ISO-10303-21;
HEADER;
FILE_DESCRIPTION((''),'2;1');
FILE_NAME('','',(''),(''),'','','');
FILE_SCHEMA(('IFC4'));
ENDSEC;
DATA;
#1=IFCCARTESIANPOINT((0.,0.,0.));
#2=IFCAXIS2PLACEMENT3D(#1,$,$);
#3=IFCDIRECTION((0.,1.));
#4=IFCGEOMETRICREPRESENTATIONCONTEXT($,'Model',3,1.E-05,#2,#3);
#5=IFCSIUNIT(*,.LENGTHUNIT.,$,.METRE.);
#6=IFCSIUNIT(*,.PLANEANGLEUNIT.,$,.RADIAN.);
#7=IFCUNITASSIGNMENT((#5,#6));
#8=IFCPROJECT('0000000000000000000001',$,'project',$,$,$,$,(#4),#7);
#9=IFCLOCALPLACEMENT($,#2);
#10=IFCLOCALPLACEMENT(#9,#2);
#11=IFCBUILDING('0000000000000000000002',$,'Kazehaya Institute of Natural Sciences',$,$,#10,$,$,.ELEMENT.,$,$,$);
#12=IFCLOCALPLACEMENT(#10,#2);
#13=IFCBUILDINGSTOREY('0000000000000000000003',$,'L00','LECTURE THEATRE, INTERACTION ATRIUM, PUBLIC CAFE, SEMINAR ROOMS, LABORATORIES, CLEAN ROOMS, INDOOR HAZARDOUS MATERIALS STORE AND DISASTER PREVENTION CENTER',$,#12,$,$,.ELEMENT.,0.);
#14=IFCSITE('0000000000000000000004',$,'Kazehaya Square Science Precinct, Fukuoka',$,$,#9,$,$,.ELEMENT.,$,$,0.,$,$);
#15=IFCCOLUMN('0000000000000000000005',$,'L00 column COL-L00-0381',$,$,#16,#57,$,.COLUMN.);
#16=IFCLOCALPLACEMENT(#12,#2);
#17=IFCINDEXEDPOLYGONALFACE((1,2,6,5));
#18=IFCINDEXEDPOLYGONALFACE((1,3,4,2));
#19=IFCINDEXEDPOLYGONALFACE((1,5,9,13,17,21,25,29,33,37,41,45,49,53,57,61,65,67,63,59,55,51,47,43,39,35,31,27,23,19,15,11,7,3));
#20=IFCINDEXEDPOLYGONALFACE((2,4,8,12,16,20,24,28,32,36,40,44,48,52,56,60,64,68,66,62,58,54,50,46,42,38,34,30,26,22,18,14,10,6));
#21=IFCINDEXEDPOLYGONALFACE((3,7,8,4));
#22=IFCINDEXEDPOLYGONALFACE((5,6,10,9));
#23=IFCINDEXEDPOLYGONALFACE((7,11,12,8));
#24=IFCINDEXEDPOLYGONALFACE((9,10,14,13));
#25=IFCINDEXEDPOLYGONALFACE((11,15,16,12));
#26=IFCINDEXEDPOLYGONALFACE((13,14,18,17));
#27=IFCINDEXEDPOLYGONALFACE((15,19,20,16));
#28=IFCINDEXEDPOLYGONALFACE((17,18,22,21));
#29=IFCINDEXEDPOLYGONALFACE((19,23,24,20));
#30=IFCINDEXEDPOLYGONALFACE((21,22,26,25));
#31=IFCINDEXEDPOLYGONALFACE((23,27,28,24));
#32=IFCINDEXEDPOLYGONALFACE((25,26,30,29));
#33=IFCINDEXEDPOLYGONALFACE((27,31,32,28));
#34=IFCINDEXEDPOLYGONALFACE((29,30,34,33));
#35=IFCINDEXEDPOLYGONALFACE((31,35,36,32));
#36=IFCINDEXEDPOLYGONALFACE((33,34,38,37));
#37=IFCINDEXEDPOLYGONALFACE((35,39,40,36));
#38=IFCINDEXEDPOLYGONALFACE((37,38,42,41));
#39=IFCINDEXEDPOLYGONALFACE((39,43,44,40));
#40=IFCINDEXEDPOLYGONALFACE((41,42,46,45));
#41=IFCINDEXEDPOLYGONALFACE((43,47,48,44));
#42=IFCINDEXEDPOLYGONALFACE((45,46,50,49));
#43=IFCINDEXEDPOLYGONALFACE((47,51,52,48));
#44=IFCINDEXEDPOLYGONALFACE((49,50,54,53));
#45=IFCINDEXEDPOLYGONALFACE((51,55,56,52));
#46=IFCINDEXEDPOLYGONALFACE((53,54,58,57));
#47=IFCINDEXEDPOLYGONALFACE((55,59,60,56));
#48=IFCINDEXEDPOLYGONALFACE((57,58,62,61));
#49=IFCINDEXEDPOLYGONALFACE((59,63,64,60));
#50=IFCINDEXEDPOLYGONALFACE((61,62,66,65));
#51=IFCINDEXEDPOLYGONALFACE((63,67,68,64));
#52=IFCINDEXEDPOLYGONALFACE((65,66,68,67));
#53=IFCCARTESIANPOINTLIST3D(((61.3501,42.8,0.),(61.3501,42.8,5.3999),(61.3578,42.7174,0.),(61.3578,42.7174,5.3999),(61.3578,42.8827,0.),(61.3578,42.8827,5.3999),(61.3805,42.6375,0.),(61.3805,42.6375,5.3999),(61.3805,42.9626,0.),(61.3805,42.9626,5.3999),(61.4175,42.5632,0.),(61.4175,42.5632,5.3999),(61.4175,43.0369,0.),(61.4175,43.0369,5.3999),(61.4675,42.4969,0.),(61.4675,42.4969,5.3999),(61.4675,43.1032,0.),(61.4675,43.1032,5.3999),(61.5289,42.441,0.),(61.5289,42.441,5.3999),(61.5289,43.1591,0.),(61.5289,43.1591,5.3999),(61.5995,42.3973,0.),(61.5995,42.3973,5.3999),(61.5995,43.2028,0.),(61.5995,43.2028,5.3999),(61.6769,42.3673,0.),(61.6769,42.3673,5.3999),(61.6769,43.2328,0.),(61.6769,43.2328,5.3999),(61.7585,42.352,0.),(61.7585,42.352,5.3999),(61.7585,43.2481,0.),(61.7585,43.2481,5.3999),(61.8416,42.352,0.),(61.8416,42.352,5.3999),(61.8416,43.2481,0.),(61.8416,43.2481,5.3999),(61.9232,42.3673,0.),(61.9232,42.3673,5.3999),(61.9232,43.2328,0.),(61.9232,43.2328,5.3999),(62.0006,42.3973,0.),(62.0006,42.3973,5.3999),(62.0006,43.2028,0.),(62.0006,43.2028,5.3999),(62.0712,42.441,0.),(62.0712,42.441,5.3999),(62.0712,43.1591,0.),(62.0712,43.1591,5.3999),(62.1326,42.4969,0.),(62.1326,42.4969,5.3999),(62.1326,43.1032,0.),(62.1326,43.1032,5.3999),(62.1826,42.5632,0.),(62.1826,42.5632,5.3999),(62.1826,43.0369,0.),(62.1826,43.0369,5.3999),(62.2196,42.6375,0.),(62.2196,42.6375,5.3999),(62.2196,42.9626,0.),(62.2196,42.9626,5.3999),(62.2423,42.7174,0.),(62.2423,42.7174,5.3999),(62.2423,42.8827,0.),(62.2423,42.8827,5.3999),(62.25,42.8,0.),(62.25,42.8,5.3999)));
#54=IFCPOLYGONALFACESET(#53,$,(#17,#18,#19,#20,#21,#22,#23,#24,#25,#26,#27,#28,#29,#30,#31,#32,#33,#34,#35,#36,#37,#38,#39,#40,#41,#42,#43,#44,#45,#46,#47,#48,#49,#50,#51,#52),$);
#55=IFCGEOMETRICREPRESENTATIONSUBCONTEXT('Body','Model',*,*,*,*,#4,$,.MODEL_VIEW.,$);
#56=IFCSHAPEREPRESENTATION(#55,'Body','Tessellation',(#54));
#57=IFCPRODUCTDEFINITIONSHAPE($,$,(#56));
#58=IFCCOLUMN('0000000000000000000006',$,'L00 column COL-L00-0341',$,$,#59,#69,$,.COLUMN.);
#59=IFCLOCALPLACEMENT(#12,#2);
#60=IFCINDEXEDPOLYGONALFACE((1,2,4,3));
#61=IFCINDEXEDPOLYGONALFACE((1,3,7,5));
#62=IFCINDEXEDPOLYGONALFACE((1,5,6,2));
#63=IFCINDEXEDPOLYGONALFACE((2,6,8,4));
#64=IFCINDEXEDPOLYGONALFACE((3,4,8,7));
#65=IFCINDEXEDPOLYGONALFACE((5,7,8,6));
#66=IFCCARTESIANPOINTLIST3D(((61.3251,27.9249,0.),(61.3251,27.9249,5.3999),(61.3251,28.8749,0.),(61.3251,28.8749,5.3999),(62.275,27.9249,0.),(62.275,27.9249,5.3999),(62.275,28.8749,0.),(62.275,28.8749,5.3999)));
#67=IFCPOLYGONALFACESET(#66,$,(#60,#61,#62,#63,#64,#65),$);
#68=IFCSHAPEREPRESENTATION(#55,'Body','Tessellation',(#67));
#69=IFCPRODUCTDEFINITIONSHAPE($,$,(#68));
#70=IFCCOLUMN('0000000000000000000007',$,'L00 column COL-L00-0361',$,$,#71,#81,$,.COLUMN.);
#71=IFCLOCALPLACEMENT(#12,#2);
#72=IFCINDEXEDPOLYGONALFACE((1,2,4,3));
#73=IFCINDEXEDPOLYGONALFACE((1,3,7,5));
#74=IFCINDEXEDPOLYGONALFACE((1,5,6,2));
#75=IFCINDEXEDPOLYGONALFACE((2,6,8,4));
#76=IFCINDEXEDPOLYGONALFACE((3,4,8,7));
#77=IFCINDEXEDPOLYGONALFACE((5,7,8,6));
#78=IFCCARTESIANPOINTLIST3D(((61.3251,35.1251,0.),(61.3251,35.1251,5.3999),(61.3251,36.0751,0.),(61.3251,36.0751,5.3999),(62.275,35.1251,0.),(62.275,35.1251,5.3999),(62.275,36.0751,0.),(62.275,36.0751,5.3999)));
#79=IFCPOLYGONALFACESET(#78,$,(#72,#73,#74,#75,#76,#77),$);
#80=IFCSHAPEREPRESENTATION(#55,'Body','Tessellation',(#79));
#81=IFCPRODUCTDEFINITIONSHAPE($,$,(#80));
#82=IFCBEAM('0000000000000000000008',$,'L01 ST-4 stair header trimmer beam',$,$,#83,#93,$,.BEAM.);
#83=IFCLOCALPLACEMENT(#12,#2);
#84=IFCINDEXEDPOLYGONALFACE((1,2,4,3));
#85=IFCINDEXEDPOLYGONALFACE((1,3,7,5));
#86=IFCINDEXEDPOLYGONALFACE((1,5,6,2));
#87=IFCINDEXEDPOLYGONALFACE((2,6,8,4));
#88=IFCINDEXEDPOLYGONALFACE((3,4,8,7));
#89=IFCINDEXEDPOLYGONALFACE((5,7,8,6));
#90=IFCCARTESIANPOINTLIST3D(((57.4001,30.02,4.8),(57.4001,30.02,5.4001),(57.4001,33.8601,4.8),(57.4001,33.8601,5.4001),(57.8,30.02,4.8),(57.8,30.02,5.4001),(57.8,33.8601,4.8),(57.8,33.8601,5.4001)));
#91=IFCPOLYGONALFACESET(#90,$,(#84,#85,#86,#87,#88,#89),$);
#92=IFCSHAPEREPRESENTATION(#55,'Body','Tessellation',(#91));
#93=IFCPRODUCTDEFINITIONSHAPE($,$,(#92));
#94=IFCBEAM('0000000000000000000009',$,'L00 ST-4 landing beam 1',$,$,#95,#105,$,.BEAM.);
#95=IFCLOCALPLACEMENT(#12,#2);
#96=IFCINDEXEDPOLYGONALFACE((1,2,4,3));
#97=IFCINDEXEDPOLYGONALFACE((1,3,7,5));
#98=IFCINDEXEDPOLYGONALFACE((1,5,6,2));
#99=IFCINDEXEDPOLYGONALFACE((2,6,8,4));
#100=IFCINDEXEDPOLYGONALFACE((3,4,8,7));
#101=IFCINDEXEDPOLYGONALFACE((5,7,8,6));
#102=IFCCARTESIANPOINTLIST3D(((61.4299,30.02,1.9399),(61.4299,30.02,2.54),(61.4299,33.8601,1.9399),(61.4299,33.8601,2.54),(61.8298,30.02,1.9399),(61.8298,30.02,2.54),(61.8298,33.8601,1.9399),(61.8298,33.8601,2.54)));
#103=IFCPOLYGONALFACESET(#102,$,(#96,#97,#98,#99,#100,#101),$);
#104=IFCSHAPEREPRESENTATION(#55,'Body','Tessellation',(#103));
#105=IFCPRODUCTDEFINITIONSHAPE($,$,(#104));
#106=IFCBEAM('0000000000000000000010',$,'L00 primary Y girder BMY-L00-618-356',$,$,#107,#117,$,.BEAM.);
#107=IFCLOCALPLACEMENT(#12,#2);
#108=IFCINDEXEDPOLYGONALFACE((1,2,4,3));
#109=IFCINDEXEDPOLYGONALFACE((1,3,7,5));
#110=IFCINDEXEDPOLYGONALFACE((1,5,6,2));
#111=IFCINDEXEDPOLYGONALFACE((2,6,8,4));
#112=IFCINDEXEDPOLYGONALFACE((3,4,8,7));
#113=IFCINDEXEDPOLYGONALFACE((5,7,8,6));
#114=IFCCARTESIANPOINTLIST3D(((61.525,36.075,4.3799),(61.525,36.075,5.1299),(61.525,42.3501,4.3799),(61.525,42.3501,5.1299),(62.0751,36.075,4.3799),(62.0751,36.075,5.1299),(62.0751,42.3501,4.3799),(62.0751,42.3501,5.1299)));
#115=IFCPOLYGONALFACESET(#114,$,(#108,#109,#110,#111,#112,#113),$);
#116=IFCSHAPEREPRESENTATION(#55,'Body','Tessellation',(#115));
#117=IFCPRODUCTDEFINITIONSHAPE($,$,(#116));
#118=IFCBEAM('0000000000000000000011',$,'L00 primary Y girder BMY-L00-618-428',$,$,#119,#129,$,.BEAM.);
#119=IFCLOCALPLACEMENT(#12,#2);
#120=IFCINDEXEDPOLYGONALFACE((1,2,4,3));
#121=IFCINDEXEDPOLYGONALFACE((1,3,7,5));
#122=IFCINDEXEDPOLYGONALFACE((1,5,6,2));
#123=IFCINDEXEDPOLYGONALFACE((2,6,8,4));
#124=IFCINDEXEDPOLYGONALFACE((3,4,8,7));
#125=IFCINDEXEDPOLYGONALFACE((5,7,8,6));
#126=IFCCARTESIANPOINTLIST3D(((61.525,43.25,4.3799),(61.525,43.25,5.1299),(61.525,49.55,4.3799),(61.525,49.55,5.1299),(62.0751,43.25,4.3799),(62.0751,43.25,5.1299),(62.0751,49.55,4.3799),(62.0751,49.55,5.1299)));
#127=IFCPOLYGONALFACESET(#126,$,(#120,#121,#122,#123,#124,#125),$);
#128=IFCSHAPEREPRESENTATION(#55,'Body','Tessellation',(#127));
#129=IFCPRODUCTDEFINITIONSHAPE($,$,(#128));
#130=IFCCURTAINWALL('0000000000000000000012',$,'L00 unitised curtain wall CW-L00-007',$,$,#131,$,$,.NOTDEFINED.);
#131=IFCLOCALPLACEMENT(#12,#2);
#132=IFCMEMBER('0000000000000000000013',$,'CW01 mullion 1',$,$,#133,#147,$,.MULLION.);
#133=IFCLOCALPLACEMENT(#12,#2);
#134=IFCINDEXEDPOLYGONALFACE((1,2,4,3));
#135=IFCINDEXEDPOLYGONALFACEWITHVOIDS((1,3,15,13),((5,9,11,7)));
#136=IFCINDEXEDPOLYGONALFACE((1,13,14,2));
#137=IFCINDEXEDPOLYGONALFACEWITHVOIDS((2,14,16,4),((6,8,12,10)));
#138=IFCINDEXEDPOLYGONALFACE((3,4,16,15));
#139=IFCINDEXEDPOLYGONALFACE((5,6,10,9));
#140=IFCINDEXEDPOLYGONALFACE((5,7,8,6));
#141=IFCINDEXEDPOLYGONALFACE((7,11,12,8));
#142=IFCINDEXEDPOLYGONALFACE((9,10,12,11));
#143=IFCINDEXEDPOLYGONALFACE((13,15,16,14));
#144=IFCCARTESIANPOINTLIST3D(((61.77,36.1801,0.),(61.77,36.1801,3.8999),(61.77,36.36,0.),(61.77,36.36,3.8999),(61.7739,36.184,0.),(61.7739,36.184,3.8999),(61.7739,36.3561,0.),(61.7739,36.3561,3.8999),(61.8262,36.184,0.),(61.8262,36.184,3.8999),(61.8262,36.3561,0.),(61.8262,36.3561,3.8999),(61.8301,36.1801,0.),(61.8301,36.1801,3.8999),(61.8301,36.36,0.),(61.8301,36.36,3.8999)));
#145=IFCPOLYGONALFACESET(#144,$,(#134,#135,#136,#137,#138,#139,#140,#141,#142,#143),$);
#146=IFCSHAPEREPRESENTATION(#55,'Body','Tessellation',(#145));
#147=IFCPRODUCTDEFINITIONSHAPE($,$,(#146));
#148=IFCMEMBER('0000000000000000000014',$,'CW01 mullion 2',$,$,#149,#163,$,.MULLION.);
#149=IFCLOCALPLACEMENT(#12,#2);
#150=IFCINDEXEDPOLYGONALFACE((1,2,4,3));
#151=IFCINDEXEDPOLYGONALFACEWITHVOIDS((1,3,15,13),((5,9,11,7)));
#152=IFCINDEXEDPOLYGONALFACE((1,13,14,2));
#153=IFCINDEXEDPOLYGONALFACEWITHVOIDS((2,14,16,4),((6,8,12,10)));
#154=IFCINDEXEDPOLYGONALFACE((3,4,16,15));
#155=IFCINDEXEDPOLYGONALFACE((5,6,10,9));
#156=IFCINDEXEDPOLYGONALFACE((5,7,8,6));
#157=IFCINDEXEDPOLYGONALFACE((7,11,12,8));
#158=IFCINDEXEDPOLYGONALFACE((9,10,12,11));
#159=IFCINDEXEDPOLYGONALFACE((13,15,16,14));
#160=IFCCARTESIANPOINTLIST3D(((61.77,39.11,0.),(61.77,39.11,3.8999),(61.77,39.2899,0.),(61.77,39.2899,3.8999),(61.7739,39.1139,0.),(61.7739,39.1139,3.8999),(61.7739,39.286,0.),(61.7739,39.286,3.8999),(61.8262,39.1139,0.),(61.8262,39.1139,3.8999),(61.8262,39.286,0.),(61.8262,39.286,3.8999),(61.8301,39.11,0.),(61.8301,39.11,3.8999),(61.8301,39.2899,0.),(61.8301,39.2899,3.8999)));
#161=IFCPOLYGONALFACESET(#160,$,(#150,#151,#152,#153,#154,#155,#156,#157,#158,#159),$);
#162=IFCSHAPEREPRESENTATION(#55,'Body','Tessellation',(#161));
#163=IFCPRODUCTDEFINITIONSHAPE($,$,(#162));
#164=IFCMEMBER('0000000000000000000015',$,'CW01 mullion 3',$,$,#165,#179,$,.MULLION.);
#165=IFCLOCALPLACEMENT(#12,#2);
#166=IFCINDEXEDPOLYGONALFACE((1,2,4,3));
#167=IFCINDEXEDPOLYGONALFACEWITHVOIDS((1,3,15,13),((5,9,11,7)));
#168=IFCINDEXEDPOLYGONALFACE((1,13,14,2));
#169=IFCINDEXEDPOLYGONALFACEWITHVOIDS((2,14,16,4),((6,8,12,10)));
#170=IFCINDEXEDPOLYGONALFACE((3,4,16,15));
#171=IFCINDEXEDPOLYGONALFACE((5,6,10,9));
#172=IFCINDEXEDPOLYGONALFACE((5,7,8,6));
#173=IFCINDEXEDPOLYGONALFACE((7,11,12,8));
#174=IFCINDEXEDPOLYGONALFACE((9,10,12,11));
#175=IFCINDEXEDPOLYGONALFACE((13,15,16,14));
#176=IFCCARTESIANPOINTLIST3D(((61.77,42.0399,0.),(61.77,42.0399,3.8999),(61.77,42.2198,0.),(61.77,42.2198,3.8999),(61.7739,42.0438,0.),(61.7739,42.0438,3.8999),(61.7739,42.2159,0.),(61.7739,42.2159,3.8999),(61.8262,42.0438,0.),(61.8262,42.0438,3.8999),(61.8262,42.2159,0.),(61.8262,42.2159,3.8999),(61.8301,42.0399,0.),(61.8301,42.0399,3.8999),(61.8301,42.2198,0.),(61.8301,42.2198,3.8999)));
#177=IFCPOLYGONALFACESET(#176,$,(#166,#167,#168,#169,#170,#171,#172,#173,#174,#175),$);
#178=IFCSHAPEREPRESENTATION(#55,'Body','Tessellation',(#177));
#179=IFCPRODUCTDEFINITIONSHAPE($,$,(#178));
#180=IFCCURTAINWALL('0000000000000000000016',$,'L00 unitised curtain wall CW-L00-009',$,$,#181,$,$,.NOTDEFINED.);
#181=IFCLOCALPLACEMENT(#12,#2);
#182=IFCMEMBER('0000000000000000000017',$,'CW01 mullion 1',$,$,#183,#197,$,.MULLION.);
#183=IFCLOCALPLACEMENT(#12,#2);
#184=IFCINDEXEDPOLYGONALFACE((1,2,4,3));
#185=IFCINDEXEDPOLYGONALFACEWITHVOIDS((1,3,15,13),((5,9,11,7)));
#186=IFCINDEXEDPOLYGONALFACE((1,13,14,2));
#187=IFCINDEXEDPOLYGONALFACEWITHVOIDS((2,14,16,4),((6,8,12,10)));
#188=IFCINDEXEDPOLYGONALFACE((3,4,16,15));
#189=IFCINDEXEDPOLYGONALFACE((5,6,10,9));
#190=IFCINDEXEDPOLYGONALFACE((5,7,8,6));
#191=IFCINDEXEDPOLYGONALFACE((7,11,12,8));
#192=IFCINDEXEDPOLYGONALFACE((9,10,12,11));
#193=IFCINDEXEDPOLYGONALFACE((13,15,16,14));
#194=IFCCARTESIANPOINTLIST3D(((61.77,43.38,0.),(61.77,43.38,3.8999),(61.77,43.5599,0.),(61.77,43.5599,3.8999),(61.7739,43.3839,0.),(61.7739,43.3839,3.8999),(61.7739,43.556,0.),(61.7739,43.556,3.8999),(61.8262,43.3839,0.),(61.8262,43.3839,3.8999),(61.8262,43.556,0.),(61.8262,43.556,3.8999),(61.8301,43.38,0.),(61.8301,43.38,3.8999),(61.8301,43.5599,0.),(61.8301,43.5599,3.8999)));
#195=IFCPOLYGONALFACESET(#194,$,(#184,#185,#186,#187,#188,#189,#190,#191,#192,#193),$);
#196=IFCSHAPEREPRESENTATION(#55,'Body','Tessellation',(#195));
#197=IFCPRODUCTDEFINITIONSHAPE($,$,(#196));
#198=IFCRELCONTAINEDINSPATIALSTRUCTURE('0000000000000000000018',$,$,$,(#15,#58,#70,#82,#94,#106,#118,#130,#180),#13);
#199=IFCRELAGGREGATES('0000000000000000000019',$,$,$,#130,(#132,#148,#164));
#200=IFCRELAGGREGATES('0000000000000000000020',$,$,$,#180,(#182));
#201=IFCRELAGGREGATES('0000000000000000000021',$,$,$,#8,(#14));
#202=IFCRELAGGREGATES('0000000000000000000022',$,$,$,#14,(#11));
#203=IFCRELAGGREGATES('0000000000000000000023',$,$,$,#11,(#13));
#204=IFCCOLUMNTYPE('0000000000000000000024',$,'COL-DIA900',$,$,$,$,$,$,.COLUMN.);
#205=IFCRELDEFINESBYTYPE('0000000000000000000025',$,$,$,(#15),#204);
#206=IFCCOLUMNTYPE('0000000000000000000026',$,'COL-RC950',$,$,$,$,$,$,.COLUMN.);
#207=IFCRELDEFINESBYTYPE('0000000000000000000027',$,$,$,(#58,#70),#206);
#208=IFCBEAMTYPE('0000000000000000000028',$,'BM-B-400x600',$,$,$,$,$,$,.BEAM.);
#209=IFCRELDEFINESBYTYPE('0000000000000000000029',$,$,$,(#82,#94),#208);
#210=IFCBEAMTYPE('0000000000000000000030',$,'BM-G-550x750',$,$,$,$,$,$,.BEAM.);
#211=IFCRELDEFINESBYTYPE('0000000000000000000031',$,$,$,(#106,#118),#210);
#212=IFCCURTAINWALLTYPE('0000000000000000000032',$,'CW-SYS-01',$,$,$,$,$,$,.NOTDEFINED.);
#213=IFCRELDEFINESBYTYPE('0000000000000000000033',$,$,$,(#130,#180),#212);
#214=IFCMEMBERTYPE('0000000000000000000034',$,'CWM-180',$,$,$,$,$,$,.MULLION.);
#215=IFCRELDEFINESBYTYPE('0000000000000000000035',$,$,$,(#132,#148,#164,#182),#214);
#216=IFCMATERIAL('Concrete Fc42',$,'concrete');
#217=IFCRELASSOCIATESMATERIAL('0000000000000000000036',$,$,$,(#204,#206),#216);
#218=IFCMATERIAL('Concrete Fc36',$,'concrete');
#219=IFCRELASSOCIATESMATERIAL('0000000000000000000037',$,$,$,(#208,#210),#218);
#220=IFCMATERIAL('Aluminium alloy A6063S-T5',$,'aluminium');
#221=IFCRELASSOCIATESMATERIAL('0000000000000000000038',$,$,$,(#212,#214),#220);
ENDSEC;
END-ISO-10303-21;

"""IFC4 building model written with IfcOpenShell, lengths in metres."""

from ifc_helpers import new_model, si_unit, direction, frame, origin, origin_2d, place, context, subcontext, project, spatial, rectangle, hollow_rectangle, circle, extrude, material, material_profile, profile_set, type_object, element, aggregate, save


model = new_model("IFC4")

# Units and contexts
model_context = context("Model", 3, precision=1e-05, world=origin(), true_north=direction((0.0, 1.0)))
body_context = subcontext(model_context, "Body", "Model", "MODEL_VIEW")
ifc_project = project(units=[si_unit("LENGTHUNIT", "METRE"), si_unit("PLANEANGLEUNIT", "RADIAN")], contexts=[model_context])

# Site, building, storey
site_placement = place(None, origin())
site = spatial("IfcSite", under=ifc_project, at=site_placement, Name="Kazehaya Square Science Precinct, Fukuoka", CompositionType="ELEMENT", RefElevation=0.0)
building_placement = place(site_placement, origin())
building = spatial("IfcBuilding", under=site, at=building_placement, Name="Kazehaya Institute of Natural Sciences", CompositionType="ELEMENT")
storey_placement = place(building_placement, origin())
storey = spatial("IfcBuildingStorey", under=building, at=storey_placement, Name="L00", Description="LECTURE THEATRE, INTERACTION ATRIUM, PUBLIC CAFE, SEMINAR ROOMS, LABORATORIES, CLEAN ROOMS, INDOOR HAZARDOUS MATERIALS STORE AND DISASTER PREVENTION CENTER", CompositionType="ELEMENT", Elevation=0.0)

# Columns
ifc_material_1 = material(Name="Concrete Fc42", Category="concrete")
ifc_material_profile_1 = material_profile(ifc_material_1, circle(Radius=0.45, at=origin_2d()), Name="RC-DIA900")
ifc_profile_set_1 = profile_set([ifc_material_profile_1], Name="Concrete Fc42")
column_type_1 = type_object("IfcColumnType", Name="COL-DIA900", PredefinedType="COLUMN", material=ifc_profile_set_1)
column_placement = place(storey_placement, frame((61.8, 42.8, 0.0), z_axis=(0.0, 0.0, 1.0), x_axis=(1.0, 0.0, 0.0)))
element("IfcColumn", 1, at=column_placement, inside=storey, type_object=column_type_1, Name="L00 column COL-L00-0381", PredefinedType="COLUMN", context=body_context, shape_type="SweptSolid", body=[
    extrude(circle(Radius=0.45, at=origin_2d()), origin(), (0.0, 0.0, 1.0), 5.3999),
])
ifc_material_profile_2 = material_profile(ifc_material_1, rectangle(XDim=0.95, YDim=0.95, at=origin_2d()), Name="RC-950x950")
ifc_profile_set_2 = profile_set([ifc_material_profile_2], Name="Concrete Fc42")
column_type_2 = type_object("IfcColumnType", Name="COL-RC950", PredefinedType="COLUMN", material=ifc_profile_set_2)
for number, where, z_axis, x_axis, name in (
    (2, (61.8, 28.3999, 0.0), (0.0, 0.0, 1.0), (1.0, 0.0, 0.0), "L00 column COL-L00-0341"),
    (3, (61.8, 35.6001, 0.0), (0.0, 0.0, 1.0), (1.0, 0.0, 0.0), "L00 column COL-L00-0361"),
):
    element("IfcColumn", number, at=place(storey_placement, frame(where, z_axis=z_axis, x_axis=x_axis)), inside=storey, type_object=column_type_2, Name=name, PredefinedType="COLUMN", context=body_context, shape_type="SweptSolid", body=[
        extrude(rectangle(XDim=0.95, YDim=0.95, at=origin_2d()), origin(), (0.0, 0.0, 1.0), 5.3999),
    ])

# Beams
ifc_material_2 = material(Name="Concrete Fc36", Category="concrete")
ifc_material_profile_3 = material_profile(ifc_material_2, rectangle(XDim=0.3999, YDim=0.6001, at=origin_2d()), Name="RC-400x600")
ifc_profile_set_3 = profile_set([ifc_material_profile_3], Name="Concrete Fc36")
beam_type_1 = type_object("IfcBeamType", Name="BM-B-400x600", PredefinedType="BEAM", material=ifc_profile_set_3)
for number, where, z_axis, x_axis, name in (
    (4, (57.6001, 30.02, 5.1001), (0.0, 1.0, 0.0), (-1.0, 0.0, 0.0), "L01 ST-4 stair header trimmer beam"),
    (5, (61.6299, 30.02, 2.24), (0.0, 1.0, 0.0), (-1.0, 0.0, 0.0), "L00 ST-4 landing beam 1"),
):
    element("IfcBeam", number, at=place(storey_placement, frame(where, z_axis=z_axis, x_axis=x_axis)), inside=storey, type_object=beam_type_1, Name=name, PredefinedType="BEAM", context=body_context, shape_type="SweptSolid", body=[
        extrude(rectangle(XDim=0.3999, YDim=0.6001, at=origin_2d()), origin(), (0.0, 0.0, 1.0), 3.8401),
    ])
ifc_material_profile_4 = material_profile(ifc_material_2, rectangle(XDim=0.55, YDim=0.75, at=origin_2d()), Name="RC-550x750")
ifc_profile_set_4 = profile_set([ifc_material_profile_4], Name="Concrete Fc36")
beam_type_2 = type_object("IfcBeamType", Name="BM-G-550x750", PredefinedType="BEAM", material=ifc_profile_set_4)
beam_1_placement = place(storey_placement, frame((61.8, 36.075, 4.7549), z_axis=(0.0, 1.0, 0.0), x_axis=(-1.0, 0.0, 0.0)))
element("IfcBeam", 6, at=beam_1_placement, inside=storey, type_object=beam_type_2, Name="L00 primary Y girder BMY-L00-618-356", PredefinedType="BEAM", context=body_context, shape_type="SweptSolid", body=[
    extrude(rectangle(XDim=0.55, YDim=0.75, at=origin_2d()), origin(), (0.0, 0.0, 1.0), 6.2751),
])
beam_2_placement = place(storey_placement, frame((61.8, 43.25, 4.7549), z_axis=(0.0, 1.0, 0.0), x_axis=(-1.0, 0.0, 0.0)))
element("IfcBeam", 7, at=beam_2_placement, inside=storey, type_object=beam_type_2, Name="L00 primary Y girder BMY-L00-618-428", PredefinedType="BEAM", context=body_context, shape_type="SweptSolid", body=[
    extrude(rectangle(XDim=0.55, YDim=0.75, at=origin_2d()), origin(), (0.0, 0.0, 1.0), 6.3),
])

# Curtain walls, members
ifc_material_3 = material(Name="Aluminium alloy A6063S-T5", Category="aluminium")
curtain_wall_type = type_object("IfcCurtainWallType", Name="CW-SYS-01", PredefinedType="NOTDEFINED", material=ifc_material_3)
curtain_wall_1_placement = place(storey_placement, origin())
curtain_wall_1 = element("IfcCurtainWall", 8, at=curtain_wall_1_placement, inside=storey, type_object=curtain_wall_type, Name="L00 unitised curtain wall CW-L00-007", PredefinedType="NOTDEFINED")
ifc_material_profile_5 = material_profile(ifc_material_3, hollow_rectangle(XDim=0.0601, YDim=0.1799, WallThickness=0.0039, at=origin_2d()), Name="ALU-60x180x4")
ifc_profile_set_5 = profile_set([ifc_material_profile_5], Name="Aluminium alloy A6063S-T5")
member_type_1 = type_object("IfcMemberType", Name="CWM-180", PredefinedType="MULLION", material=ifc_profile_set_5)
member_1_placement = place(storey_placement, frame((61.8, 36.27, 0.0), z_axis=(0.0, 0.0, 1.0), x_axis=(-1.0, 0.0, 0.0)))
member_1 = element("IfcMember", 9, at=member_1_placement, type_object=member_type_1, Name="CW01 mullion 1", PredefinedType="MULLION", context=body_context, shape_type="SweptSolid", body=[
    extrude(hollow_rectangle(XDim=0.0601, YDim=0.1799, WallThickness=0.0039, at=origin_2d()), origin(), (0.0, 0.0, 1.0), 3.8999),
])
member_2_placement = place(storey_placement, frame((61.8, 39.2, 0.0), z_axis=(0.0, 0.0, 1.0), x_axis=(-1.0, 0.0, 0.0)))
member_2 = element("IfcMember", 10, at=member_2_placement, type_object=member_type_1, Name="CW01 mullion 2", PredefinedType="MULLION", context=body_context, shape_type="SweptSolid", body=[
    extrude(hollow_rectangle(XDim=0.0601, YDim=0.1799, WallThickness=0.0039, at=origin_2d()), origin(), (0.0, 0.0, 1.0), 3.8999),
])
member_3_placement = place(storey_placement, frame((61.8, 42.1299, 0.0), z_axis=(0.0, 0.0, 1.0), x_axis=(-1.0, 0.0, 0.0)))
member_3 = element("IfcMember", 11, at=member_3_placement, type_object=member_type_1, Name="CW01 mullion 3", PredefinedType="MULLION", context=body_context, shape_type="SweptSolid", body=[
    extrude(hollow_rectangle(XDim=0.0601, YDim=0.1799, WallThickness=0.0039, at=origin_2d()), origin(), (0.0, 0.0, 1.0), 3.8999),
])
curtain_wall_2_placement = place(storey_placement, origin())
curtain_wall_2 = element("IfcCurtainWall", 12, at=curtain_wall_2_placement, inside=storey, type_object=curtain_wall_type, Name="L00 unitised curtain wall CW-L00-009", PredefinedType="NOTDEFINED")
member_4_placement = place(storey_placement, frame((61.8, 43.47, 0.0), z_axis=(0.0, 0.0, 1.0), x_axis=(-1.0, 0.0, 0.0)))
member_4 = element("IfcMember", 13, at=member_4_placement, type_object=member_type_1, Name="CW01 mullion 1", PredefinedType="MULLION", context=body_context, shape_type="SweptSolid", body=[
    extrude(hollow_rectangle(XDim=0.0601, YDim=0.1799, WallThickness=0.0039, at=origin_2d()), origin(), (0.0, 0.0, 1.0), 3.8999),
])

aggregate(curtain_wall_1, [member_1, member_2, member_3])
aggregate(curtain_wall_2, [member_4])

save(model, "model.ifc")
